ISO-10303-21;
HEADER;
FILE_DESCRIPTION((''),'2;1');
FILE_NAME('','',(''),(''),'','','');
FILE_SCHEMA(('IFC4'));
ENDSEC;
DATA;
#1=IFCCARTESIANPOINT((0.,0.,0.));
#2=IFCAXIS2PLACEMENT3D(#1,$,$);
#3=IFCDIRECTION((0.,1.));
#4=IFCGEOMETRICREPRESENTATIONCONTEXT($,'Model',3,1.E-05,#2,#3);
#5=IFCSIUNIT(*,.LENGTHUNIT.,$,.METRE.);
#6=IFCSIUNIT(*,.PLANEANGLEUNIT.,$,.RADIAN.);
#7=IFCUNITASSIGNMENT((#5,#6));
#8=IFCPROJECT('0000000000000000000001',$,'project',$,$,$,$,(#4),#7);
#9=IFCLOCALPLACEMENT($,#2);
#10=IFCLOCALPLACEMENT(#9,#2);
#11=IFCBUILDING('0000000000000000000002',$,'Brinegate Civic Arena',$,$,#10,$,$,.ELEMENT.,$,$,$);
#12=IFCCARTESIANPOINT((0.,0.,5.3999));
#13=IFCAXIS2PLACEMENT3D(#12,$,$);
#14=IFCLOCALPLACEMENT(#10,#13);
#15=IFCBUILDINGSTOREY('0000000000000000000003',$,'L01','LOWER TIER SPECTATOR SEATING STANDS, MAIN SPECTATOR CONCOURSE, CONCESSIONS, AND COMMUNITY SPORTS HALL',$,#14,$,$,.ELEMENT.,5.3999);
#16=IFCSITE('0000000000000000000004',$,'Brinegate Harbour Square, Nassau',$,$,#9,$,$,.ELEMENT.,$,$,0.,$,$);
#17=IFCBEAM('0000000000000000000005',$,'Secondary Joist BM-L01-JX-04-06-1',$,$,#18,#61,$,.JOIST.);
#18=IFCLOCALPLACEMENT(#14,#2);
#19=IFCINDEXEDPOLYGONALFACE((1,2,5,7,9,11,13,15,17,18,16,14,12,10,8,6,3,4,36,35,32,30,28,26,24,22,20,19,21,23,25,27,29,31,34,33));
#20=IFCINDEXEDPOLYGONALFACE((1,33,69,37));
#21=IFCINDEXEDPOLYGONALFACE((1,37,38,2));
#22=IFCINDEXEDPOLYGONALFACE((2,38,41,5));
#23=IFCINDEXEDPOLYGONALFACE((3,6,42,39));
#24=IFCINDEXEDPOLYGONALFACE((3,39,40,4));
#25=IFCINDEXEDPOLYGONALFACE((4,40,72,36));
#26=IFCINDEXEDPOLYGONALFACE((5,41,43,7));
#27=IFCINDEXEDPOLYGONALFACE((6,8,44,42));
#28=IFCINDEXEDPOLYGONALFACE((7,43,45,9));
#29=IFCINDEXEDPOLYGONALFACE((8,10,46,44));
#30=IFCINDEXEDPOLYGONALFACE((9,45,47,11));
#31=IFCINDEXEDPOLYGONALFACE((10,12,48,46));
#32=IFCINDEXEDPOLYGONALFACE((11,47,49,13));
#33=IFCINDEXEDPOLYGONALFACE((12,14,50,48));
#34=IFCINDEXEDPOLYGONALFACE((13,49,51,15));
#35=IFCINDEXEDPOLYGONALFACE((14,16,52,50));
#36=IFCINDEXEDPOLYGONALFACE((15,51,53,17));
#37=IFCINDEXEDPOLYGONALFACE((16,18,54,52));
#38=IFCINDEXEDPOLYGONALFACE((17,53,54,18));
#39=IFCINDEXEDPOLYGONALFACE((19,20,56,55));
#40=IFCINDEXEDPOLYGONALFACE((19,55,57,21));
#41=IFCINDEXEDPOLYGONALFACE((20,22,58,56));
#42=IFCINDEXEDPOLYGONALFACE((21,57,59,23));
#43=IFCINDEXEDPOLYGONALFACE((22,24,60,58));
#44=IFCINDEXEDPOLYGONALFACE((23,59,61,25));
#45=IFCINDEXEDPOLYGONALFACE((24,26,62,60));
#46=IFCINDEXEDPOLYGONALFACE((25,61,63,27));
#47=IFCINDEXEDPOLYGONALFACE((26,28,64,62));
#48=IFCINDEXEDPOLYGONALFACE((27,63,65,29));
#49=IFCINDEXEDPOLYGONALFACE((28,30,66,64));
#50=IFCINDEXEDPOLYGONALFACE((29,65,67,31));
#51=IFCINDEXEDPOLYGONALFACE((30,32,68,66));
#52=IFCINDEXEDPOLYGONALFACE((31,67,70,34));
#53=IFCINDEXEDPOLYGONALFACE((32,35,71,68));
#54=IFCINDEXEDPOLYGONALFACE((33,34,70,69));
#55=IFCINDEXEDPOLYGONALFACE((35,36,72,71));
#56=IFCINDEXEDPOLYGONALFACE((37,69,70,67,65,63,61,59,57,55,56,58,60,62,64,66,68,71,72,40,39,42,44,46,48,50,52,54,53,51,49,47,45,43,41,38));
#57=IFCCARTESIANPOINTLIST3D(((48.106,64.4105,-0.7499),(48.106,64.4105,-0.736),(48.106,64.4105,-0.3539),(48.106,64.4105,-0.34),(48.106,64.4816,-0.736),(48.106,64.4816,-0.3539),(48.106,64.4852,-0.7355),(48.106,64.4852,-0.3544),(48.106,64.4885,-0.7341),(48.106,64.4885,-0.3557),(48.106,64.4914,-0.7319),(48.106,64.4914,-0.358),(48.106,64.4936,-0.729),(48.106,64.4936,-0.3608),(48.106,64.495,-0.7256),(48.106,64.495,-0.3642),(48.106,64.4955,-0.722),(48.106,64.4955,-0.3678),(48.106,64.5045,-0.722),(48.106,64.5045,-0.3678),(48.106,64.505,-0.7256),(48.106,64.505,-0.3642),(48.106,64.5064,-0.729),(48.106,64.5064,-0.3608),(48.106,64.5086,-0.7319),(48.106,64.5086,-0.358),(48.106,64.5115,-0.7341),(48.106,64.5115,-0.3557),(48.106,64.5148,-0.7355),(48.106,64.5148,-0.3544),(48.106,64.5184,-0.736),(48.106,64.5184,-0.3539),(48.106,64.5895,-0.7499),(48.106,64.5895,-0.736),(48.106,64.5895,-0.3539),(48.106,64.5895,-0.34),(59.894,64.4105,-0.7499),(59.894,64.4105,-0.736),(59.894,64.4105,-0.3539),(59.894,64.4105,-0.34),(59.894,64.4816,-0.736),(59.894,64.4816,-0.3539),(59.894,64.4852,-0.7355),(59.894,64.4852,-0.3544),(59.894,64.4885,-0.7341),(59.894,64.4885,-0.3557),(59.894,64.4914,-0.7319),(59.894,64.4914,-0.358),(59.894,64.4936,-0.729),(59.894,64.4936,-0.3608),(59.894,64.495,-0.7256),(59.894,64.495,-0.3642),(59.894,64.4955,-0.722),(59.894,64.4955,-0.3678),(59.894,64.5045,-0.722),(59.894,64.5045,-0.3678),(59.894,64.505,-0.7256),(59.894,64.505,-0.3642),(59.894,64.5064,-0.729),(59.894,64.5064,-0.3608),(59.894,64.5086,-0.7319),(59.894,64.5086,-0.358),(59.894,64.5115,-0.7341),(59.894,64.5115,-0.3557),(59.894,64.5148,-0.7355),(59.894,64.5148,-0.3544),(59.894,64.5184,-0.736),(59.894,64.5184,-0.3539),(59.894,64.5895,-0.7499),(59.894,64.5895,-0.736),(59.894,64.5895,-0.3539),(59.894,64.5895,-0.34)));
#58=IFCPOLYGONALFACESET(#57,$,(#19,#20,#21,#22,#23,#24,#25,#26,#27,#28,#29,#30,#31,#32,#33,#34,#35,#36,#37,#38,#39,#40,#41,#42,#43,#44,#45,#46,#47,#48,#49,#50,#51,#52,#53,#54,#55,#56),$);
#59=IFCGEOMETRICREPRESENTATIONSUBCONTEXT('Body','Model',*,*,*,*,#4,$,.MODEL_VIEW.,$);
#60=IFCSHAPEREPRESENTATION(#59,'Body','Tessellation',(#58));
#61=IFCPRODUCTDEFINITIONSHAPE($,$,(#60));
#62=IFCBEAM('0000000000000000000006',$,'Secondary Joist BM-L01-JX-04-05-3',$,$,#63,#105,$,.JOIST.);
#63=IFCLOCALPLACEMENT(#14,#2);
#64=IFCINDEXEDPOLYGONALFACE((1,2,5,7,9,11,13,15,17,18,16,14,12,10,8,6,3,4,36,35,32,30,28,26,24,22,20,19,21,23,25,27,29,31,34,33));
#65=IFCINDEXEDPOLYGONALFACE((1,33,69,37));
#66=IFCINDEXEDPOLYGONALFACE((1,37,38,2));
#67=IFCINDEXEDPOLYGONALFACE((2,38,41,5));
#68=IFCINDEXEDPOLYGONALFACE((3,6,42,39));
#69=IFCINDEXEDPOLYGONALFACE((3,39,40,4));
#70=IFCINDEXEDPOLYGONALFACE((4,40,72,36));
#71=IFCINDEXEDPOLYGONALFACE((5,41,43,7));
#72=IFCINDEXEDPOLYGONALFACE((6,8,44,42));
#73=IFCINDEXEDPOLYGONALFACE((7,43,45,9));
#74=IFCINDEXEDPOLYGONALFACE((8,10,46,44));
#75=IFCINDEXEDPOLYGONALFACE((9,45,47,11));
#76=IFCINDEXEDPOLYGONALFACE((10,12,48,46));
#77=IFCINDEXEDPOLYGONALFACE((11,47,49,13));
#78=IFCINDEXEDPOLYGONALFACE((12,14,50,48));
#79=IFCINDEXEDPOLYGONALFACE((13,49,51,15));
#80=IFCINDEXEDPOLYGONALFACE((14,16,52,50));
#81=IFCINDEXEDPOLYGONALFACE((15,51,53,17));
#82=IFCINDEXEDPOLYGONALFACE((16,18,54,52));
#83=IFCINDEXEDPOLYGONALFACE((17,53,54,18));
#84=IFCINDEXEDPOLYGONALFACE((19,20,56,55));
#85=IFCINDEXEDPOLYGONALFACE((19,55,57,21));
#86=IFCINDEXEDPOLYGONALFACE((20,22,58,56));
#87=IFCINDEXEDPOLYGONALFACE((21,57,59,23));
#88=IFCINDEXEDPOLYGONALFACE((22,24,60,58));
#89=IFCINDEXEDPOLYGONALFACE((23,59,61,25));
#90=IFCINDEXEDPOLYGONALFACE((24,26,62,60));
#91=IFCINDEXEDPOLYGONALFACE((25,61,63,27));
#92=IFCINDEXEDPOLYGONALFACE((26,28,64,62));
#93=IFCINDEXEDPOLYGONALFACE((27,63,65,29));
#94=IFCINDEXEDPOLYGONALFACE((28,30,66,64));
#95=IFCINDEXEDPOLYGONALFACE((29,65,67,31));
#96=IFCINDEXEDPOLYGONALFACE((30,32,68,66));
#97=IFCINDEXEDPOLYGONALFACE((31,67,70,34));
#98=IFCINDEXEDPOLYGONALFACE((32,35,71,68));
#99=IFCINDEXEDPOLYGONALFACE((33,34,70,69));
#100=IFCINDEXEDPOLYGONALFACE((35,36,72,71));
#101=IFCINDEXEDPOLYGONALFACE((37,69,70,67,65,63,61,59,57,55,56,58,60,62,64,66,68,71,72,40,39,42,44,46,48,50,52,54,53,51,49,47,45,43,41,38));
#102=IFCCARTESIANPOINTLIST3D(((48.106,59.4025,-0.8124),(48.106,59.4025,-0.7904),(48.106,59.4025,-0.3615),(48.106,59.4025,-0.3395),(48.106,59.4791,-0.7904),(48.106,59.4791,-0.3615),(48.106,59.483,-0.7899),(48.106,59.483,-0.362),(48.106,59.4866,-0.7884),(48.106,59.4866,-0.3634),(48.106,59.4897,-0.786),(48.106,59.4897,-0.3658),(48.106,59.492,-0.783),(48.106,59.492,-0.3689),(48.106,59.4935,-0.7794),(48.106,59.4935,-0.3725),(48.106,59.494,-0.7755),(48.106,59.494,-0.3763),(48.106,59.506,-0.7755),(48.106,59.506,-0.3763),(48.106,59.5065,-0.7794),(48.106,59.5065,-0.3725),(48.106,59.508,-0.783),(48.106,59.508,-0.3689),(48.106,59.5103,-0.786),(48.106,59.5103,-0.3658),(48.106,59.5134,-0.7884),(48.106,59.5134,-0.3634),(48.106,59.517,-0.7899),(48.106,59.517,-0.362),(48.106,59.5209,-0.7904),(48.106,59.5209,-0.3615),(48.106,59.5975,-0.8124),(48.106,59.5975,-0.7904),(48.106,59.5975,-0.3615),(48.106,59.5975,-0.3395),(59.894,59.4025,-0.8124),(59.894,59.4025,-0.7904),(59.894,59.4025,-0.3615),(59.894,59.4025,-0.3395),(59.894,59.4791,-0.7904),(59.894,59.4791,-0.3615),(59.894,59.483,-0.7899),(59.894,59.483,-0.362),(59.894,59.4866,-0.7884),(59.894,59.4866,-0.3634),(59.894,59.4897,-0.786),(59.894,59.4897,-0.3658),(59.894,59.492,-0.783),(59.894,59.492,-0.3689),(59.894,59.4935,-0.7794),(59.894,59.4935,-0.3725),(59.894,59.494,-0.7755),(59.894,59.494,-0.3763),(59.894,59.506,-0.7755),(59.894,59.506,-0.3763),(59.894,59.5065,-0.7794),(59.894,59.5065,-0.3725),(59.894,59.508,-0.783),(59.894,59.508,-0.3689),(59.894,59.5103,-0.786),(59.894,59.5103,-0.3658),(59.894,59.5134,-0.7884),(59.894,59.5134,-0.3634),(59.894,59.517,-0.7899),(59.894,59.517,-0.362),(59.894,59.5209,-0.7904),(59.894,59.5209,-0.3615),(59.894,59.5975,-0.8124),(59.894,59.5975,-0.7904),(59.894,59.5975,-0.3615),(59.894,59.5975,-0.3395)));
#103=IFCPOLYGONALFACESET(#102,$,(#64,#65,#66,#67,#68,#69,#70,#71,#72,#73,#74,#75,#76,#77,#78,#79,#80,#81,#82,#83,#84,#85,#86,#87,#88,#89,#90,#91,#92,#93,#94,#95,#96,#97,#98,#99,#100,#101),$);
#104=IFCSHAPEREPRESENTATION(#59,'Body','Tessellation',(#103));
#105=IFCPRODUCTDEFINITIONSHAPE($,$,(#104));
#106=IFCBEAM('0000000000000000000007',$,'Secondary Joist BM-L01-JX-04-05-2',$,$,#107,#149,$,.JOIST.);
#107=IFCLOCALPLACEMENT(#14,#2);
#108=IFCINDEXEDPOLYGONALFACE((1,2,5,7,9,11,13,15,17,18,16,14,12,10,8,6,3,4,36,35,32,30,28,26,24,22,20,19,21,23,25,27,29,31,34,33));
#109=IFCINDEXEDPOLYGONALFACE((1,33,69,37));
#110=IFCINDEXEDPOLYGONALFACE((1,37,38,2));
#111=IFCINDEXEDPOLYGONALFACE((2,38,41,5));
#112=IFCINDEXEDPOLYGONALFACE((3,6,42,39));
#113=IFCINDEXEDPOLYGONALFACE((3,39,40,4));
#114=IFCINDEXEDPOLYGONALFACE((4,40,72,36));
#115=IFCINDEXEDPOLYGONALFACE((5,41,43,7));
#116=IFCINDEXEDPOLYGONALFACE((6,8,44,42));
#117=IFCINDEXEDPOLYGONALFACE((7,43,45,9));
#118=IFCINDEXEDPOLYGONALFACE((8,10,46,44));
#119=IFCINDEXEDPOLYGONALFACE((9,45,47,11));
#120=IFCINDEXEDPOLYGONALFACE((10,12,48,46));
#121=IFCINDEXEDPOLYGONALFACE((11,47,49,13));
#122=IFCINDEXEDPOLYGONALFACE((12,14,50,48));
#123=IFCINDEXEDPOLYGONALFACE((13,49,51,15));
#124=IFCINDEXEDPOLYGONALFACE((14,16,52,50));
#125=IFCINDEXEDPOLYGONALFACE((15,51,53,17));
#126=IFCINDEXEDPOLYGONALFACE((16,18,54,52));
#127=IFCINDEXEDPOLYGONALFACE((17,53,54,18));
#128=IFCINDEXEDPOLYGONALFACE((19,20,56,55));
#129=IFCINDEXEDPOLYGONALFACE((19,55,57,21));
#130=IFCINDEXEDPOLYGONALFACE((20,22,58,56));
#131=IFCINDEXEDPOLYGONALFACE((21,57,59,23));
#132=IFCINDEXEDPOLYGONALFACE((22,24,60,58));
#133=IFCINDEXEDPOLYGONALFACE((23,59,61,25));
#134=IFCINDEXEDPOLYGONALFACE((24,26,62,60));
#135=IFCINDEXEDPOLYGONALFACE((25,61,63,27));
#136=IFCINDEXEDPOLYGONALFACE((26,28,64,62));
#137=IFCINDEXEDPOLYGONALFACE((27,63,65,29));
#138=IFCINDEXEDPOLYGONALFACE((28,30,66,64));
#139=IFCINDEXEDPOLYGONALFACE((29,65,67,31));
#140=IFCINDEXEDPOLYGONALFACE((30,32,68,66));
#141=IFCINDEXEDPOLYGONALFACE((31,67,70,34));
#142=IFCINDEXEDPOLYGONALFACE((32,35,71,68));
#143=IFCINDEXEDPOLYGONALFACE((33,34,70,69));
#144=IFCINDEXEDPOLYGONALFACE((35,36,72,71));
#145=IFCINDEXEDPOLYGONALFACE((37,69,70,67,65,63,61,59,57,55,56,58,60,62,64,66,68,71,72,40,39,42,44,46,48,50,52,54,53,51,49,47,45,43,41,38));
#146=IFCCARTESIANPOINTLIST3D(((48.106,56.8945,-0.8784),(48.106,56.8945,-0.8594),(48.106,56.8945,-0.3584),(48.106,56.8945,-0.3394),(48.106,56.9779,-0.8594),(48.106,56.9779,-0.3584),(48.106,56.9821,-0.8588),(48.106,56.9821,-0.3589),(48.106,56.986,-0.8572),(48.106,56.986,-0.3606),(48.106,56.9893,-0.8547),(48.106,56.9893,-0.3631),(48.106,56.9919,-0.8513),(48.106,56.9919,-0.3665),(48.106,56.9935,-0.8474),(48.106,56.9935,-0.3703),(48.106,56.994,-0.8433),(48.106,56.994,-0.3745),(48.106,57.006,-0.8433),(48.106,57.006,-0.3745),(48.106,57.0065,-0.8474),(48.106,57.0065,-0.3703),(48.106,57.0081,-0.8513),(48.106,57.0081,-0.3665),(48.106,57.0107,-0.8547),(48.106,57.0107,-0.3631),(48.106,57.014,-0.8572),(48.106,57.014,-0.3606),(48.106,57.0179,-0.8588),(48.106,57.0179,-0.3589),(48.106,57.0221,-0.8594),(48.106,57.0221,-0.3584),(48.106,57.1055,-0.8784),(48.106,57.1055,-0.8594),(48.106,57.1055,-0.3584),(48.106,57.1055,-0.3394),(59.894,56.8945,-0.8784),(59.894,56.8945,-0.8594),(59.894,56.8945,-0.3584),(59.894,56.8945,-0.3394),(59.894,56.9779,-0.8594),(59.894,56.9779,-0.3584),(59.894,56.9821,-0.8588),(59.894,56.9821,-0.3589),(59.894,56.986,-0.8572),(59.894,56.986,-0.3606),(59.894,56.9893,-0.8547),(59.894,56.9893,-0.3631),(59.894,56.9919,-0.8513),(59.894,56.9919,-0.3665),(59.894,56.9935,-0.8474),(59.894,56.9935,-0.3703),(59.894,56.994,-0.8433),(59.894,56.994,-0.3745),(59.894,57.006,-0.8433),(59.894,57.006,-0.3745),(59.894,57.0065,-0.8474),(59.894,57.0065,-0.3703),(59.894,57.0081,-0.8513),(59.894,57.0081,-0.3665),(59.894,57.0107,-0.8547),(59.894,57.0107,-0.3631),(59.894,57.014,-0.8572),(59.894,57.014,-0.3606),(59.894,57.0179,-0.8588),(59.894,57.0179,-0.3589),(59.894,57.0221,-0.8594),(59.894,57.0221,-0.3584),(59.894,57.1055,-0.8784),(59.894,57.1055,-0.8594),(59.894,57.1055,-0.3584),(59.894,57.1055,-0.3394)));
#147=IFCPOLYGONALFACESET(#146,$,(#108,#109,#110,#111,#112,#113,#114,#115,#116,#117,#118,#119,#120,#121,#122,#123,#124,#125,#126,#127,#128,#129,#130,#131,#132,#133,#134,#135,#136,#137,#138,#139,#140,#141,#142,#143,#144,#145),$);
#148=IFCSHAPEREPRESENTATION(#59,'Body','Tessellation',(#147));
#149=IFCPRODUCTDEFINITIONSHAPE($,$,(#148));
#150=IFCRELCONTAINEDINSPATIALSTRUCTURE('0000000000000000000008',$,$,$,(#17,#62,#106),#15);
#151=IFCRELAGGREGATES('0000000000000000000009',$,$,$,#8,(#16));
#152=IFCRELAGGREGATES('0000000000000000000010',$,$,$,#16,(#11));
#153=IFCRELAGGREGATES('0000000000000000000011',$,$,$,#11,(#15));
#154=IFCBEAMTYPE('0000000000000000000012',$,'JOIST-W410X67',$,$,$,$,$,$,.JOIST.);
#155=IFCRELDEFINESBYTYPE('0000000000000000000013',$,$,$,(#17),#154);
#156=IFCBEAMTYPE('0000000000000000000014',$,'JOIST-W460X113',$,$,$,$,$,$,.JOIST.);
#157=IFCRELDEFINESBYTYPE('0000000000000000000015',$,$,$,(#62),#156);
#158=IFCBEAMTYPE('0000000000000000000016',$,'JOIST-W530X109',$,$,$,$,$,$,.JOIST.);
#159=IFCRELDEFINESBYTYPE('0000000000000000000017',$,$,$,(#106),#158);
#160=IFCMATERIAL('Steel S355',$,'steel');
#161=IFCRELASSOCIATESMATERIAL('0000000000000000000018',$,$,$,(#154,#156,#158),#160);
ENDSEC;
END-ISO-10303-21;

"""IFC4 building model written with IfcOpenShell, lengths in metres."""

from ifc_helpers import new_model, si_unit, direction, frame, origin, origin_2d, place, context, subcontext, project, spatial, i_section, extrude, material, material_profile, profile_set, type_object, element, save


model = new_model("IFC4")

# Units and contexts
model_context = context("Model", 3, precision=1e-05, world=origin(), true_north=direction((0.0, 1.0)))
body_context = subcontext(model_context, "Body", "Model", "MODEL_VIEW")
ifc_project = project(units=[si_unit("LENGTHUNIT", "METRE"), si_unit("PLANEANGLEUNIT", "RADIAN")], contexts=[model_context])

# Site, building, storey
site_placement = place(None, origin())
site = spatial("IfcSite", under=ifc_project, at=site_placement, Name="Brinegate Harbour Square, Nassau", CompositionType="ELEMENT", RefElevation=0.0)
building_placement = place(site_placement, origin())
building = spatial("IfcBuilding", under=site, at=building_placement, Name="Brinegate Civic Arena", CompositionType="ELEMENT")
storey_placement = place(building_placement, frame((0.0, 0.0, 5.3999)))
storey = spatial("IfcBuildingStorey", under=building, at=storey_placement, Name="L01", Description="LOWER TIER SPECTATOR SEATING STANDS, MAIN SPECTATOR CONCOURSE, CONCESSIONS, AND COMMUNITY SPORTS HALL", CompositionType="ELEMENT", Elevation=5.3999)

# Beams
ifc_material_1 = material(Name="Steel S355", Category="steel")
ifc_material_profile_1 = material_profile(ifc_material_1, i_section(OverallWidth=0.179, OverallDepth=0.4099, WebThickness=0.009, FlangeThickness=0.0139, FilletRadius=0.0139, at=origin_2d()), Name="W410X67")
ifc_profile_set_1 = profile_set([ifc_material_profile_1], Name="Steel S355")
beam_type_1 = type_object("IfcBeamType", Name="JOIST-W410X67", PredefinedType="JOIST", material=ifc_profile_set_1)
beam_1_placement = place(storey_placement, frame((48.106, 64.5, -0.5449), z_axis=(1.0, 0.0, 0.0), x_axis=(0.0, 1.0, 0.0)))
element("IfcBeam", 1, at=beam_1_placement, inside=storey, type_object=beam_type_1, Name="Secondary Joist BM-L01-JX-04-06-1", PredefinedType="JOIST", context=body_context, shape_type="SweptSolid", body=[
    extrude(i_section(OverallWidth=0.179, OverallDepth=0.4099, WebThickness=0.009, FlangeThickness=0.0139, FilletRadius=0.0139, at=origin_2d()), origin(), (0.0, 0.0, 1.0), 11.7881),
])
ifc_material_profile_2 = material_profile(ifc_material_1, i_section(OverallWidth=0.1951, OverallDepth=0.4729, WebThickness=0.012, FlangeThickness=0.022, FilletRadius=0.0149, at=origin_2d()), Name="W460X113")
ifc_profile_set_2 = profile_set([ifc_material_profile_2], Name="Steel S355")
beam_type_2 = type_object("IfcBeamType", Name="JOIST-W460X113", PredefinedType="JOIST", material=ifc_profile_set_2)
beam_2_placement = place(storey_placement, frame((48.106, 59.5, -0.5759), z_axis=(1.0, 0.0, 0.0), x_axis=(0.0, 1.0, 0.0)))
element("IfcBeam", 2, at=beam_2_placement, inside=storey, type_object=beam_type_2, Name="Secondary Joist BM-L01-JX-04-05-3", PredefinedType="JOIST", context=body_context, shape_type="SweptSolid", body=[
    extrude(i_section(OverallWidth=0.1951, OverallDepth=0.4729, WebThickness=0.012, FlangeThickness=0.022, FilletRadius=0.0149, at=origin_2d()), origin(), (0.0, 0.0, 1.0), 11.7881),
])
ifc_material_profile_3 = material_profile(ifc_material_1, i_section(OverallWidth=0.2109, OverallDepth=0.5391, WebThickness=0.012, FlangeThickness=0.019, FilletRadius=0.0161, at=origin_2d()), Name="W530X109")
ifc_profile_set_3 = profile_set([ifc_material_profile_3], Name="Steel S355")
beam_type_3 = type_object("IfcBeamType", Name="JOIST-W530X109", PredefinedType="JOIST", material=ifc_profile_set_3)
beam_3_placement = place(storey_placement, frame((48.106, 57.0, -0.6089), z_axis=(1.0, 0.0, 0.0), x_axis=(0.0, 1.0, 0.0)))
element("IfcBeam", 3, at=beam_3_placement, inside=storey, type_object=beam_type_3, Name="Secondary Joist BM-L01-JX-04-05-2", PredefinedType="JOIST", context=body_context, shape_type="SweptSolid", body=[
    extrude(i_section(OverallWidth=0.2109, OverallDepth=0.5391, WebThickness=0.012, FlangeThickness=0.019, FilletRadius=0.0161, at=origin_2d()), origin(), (0.0, 0.0, 1.0), 11.7881),
])

save(model, "model.ifc")
